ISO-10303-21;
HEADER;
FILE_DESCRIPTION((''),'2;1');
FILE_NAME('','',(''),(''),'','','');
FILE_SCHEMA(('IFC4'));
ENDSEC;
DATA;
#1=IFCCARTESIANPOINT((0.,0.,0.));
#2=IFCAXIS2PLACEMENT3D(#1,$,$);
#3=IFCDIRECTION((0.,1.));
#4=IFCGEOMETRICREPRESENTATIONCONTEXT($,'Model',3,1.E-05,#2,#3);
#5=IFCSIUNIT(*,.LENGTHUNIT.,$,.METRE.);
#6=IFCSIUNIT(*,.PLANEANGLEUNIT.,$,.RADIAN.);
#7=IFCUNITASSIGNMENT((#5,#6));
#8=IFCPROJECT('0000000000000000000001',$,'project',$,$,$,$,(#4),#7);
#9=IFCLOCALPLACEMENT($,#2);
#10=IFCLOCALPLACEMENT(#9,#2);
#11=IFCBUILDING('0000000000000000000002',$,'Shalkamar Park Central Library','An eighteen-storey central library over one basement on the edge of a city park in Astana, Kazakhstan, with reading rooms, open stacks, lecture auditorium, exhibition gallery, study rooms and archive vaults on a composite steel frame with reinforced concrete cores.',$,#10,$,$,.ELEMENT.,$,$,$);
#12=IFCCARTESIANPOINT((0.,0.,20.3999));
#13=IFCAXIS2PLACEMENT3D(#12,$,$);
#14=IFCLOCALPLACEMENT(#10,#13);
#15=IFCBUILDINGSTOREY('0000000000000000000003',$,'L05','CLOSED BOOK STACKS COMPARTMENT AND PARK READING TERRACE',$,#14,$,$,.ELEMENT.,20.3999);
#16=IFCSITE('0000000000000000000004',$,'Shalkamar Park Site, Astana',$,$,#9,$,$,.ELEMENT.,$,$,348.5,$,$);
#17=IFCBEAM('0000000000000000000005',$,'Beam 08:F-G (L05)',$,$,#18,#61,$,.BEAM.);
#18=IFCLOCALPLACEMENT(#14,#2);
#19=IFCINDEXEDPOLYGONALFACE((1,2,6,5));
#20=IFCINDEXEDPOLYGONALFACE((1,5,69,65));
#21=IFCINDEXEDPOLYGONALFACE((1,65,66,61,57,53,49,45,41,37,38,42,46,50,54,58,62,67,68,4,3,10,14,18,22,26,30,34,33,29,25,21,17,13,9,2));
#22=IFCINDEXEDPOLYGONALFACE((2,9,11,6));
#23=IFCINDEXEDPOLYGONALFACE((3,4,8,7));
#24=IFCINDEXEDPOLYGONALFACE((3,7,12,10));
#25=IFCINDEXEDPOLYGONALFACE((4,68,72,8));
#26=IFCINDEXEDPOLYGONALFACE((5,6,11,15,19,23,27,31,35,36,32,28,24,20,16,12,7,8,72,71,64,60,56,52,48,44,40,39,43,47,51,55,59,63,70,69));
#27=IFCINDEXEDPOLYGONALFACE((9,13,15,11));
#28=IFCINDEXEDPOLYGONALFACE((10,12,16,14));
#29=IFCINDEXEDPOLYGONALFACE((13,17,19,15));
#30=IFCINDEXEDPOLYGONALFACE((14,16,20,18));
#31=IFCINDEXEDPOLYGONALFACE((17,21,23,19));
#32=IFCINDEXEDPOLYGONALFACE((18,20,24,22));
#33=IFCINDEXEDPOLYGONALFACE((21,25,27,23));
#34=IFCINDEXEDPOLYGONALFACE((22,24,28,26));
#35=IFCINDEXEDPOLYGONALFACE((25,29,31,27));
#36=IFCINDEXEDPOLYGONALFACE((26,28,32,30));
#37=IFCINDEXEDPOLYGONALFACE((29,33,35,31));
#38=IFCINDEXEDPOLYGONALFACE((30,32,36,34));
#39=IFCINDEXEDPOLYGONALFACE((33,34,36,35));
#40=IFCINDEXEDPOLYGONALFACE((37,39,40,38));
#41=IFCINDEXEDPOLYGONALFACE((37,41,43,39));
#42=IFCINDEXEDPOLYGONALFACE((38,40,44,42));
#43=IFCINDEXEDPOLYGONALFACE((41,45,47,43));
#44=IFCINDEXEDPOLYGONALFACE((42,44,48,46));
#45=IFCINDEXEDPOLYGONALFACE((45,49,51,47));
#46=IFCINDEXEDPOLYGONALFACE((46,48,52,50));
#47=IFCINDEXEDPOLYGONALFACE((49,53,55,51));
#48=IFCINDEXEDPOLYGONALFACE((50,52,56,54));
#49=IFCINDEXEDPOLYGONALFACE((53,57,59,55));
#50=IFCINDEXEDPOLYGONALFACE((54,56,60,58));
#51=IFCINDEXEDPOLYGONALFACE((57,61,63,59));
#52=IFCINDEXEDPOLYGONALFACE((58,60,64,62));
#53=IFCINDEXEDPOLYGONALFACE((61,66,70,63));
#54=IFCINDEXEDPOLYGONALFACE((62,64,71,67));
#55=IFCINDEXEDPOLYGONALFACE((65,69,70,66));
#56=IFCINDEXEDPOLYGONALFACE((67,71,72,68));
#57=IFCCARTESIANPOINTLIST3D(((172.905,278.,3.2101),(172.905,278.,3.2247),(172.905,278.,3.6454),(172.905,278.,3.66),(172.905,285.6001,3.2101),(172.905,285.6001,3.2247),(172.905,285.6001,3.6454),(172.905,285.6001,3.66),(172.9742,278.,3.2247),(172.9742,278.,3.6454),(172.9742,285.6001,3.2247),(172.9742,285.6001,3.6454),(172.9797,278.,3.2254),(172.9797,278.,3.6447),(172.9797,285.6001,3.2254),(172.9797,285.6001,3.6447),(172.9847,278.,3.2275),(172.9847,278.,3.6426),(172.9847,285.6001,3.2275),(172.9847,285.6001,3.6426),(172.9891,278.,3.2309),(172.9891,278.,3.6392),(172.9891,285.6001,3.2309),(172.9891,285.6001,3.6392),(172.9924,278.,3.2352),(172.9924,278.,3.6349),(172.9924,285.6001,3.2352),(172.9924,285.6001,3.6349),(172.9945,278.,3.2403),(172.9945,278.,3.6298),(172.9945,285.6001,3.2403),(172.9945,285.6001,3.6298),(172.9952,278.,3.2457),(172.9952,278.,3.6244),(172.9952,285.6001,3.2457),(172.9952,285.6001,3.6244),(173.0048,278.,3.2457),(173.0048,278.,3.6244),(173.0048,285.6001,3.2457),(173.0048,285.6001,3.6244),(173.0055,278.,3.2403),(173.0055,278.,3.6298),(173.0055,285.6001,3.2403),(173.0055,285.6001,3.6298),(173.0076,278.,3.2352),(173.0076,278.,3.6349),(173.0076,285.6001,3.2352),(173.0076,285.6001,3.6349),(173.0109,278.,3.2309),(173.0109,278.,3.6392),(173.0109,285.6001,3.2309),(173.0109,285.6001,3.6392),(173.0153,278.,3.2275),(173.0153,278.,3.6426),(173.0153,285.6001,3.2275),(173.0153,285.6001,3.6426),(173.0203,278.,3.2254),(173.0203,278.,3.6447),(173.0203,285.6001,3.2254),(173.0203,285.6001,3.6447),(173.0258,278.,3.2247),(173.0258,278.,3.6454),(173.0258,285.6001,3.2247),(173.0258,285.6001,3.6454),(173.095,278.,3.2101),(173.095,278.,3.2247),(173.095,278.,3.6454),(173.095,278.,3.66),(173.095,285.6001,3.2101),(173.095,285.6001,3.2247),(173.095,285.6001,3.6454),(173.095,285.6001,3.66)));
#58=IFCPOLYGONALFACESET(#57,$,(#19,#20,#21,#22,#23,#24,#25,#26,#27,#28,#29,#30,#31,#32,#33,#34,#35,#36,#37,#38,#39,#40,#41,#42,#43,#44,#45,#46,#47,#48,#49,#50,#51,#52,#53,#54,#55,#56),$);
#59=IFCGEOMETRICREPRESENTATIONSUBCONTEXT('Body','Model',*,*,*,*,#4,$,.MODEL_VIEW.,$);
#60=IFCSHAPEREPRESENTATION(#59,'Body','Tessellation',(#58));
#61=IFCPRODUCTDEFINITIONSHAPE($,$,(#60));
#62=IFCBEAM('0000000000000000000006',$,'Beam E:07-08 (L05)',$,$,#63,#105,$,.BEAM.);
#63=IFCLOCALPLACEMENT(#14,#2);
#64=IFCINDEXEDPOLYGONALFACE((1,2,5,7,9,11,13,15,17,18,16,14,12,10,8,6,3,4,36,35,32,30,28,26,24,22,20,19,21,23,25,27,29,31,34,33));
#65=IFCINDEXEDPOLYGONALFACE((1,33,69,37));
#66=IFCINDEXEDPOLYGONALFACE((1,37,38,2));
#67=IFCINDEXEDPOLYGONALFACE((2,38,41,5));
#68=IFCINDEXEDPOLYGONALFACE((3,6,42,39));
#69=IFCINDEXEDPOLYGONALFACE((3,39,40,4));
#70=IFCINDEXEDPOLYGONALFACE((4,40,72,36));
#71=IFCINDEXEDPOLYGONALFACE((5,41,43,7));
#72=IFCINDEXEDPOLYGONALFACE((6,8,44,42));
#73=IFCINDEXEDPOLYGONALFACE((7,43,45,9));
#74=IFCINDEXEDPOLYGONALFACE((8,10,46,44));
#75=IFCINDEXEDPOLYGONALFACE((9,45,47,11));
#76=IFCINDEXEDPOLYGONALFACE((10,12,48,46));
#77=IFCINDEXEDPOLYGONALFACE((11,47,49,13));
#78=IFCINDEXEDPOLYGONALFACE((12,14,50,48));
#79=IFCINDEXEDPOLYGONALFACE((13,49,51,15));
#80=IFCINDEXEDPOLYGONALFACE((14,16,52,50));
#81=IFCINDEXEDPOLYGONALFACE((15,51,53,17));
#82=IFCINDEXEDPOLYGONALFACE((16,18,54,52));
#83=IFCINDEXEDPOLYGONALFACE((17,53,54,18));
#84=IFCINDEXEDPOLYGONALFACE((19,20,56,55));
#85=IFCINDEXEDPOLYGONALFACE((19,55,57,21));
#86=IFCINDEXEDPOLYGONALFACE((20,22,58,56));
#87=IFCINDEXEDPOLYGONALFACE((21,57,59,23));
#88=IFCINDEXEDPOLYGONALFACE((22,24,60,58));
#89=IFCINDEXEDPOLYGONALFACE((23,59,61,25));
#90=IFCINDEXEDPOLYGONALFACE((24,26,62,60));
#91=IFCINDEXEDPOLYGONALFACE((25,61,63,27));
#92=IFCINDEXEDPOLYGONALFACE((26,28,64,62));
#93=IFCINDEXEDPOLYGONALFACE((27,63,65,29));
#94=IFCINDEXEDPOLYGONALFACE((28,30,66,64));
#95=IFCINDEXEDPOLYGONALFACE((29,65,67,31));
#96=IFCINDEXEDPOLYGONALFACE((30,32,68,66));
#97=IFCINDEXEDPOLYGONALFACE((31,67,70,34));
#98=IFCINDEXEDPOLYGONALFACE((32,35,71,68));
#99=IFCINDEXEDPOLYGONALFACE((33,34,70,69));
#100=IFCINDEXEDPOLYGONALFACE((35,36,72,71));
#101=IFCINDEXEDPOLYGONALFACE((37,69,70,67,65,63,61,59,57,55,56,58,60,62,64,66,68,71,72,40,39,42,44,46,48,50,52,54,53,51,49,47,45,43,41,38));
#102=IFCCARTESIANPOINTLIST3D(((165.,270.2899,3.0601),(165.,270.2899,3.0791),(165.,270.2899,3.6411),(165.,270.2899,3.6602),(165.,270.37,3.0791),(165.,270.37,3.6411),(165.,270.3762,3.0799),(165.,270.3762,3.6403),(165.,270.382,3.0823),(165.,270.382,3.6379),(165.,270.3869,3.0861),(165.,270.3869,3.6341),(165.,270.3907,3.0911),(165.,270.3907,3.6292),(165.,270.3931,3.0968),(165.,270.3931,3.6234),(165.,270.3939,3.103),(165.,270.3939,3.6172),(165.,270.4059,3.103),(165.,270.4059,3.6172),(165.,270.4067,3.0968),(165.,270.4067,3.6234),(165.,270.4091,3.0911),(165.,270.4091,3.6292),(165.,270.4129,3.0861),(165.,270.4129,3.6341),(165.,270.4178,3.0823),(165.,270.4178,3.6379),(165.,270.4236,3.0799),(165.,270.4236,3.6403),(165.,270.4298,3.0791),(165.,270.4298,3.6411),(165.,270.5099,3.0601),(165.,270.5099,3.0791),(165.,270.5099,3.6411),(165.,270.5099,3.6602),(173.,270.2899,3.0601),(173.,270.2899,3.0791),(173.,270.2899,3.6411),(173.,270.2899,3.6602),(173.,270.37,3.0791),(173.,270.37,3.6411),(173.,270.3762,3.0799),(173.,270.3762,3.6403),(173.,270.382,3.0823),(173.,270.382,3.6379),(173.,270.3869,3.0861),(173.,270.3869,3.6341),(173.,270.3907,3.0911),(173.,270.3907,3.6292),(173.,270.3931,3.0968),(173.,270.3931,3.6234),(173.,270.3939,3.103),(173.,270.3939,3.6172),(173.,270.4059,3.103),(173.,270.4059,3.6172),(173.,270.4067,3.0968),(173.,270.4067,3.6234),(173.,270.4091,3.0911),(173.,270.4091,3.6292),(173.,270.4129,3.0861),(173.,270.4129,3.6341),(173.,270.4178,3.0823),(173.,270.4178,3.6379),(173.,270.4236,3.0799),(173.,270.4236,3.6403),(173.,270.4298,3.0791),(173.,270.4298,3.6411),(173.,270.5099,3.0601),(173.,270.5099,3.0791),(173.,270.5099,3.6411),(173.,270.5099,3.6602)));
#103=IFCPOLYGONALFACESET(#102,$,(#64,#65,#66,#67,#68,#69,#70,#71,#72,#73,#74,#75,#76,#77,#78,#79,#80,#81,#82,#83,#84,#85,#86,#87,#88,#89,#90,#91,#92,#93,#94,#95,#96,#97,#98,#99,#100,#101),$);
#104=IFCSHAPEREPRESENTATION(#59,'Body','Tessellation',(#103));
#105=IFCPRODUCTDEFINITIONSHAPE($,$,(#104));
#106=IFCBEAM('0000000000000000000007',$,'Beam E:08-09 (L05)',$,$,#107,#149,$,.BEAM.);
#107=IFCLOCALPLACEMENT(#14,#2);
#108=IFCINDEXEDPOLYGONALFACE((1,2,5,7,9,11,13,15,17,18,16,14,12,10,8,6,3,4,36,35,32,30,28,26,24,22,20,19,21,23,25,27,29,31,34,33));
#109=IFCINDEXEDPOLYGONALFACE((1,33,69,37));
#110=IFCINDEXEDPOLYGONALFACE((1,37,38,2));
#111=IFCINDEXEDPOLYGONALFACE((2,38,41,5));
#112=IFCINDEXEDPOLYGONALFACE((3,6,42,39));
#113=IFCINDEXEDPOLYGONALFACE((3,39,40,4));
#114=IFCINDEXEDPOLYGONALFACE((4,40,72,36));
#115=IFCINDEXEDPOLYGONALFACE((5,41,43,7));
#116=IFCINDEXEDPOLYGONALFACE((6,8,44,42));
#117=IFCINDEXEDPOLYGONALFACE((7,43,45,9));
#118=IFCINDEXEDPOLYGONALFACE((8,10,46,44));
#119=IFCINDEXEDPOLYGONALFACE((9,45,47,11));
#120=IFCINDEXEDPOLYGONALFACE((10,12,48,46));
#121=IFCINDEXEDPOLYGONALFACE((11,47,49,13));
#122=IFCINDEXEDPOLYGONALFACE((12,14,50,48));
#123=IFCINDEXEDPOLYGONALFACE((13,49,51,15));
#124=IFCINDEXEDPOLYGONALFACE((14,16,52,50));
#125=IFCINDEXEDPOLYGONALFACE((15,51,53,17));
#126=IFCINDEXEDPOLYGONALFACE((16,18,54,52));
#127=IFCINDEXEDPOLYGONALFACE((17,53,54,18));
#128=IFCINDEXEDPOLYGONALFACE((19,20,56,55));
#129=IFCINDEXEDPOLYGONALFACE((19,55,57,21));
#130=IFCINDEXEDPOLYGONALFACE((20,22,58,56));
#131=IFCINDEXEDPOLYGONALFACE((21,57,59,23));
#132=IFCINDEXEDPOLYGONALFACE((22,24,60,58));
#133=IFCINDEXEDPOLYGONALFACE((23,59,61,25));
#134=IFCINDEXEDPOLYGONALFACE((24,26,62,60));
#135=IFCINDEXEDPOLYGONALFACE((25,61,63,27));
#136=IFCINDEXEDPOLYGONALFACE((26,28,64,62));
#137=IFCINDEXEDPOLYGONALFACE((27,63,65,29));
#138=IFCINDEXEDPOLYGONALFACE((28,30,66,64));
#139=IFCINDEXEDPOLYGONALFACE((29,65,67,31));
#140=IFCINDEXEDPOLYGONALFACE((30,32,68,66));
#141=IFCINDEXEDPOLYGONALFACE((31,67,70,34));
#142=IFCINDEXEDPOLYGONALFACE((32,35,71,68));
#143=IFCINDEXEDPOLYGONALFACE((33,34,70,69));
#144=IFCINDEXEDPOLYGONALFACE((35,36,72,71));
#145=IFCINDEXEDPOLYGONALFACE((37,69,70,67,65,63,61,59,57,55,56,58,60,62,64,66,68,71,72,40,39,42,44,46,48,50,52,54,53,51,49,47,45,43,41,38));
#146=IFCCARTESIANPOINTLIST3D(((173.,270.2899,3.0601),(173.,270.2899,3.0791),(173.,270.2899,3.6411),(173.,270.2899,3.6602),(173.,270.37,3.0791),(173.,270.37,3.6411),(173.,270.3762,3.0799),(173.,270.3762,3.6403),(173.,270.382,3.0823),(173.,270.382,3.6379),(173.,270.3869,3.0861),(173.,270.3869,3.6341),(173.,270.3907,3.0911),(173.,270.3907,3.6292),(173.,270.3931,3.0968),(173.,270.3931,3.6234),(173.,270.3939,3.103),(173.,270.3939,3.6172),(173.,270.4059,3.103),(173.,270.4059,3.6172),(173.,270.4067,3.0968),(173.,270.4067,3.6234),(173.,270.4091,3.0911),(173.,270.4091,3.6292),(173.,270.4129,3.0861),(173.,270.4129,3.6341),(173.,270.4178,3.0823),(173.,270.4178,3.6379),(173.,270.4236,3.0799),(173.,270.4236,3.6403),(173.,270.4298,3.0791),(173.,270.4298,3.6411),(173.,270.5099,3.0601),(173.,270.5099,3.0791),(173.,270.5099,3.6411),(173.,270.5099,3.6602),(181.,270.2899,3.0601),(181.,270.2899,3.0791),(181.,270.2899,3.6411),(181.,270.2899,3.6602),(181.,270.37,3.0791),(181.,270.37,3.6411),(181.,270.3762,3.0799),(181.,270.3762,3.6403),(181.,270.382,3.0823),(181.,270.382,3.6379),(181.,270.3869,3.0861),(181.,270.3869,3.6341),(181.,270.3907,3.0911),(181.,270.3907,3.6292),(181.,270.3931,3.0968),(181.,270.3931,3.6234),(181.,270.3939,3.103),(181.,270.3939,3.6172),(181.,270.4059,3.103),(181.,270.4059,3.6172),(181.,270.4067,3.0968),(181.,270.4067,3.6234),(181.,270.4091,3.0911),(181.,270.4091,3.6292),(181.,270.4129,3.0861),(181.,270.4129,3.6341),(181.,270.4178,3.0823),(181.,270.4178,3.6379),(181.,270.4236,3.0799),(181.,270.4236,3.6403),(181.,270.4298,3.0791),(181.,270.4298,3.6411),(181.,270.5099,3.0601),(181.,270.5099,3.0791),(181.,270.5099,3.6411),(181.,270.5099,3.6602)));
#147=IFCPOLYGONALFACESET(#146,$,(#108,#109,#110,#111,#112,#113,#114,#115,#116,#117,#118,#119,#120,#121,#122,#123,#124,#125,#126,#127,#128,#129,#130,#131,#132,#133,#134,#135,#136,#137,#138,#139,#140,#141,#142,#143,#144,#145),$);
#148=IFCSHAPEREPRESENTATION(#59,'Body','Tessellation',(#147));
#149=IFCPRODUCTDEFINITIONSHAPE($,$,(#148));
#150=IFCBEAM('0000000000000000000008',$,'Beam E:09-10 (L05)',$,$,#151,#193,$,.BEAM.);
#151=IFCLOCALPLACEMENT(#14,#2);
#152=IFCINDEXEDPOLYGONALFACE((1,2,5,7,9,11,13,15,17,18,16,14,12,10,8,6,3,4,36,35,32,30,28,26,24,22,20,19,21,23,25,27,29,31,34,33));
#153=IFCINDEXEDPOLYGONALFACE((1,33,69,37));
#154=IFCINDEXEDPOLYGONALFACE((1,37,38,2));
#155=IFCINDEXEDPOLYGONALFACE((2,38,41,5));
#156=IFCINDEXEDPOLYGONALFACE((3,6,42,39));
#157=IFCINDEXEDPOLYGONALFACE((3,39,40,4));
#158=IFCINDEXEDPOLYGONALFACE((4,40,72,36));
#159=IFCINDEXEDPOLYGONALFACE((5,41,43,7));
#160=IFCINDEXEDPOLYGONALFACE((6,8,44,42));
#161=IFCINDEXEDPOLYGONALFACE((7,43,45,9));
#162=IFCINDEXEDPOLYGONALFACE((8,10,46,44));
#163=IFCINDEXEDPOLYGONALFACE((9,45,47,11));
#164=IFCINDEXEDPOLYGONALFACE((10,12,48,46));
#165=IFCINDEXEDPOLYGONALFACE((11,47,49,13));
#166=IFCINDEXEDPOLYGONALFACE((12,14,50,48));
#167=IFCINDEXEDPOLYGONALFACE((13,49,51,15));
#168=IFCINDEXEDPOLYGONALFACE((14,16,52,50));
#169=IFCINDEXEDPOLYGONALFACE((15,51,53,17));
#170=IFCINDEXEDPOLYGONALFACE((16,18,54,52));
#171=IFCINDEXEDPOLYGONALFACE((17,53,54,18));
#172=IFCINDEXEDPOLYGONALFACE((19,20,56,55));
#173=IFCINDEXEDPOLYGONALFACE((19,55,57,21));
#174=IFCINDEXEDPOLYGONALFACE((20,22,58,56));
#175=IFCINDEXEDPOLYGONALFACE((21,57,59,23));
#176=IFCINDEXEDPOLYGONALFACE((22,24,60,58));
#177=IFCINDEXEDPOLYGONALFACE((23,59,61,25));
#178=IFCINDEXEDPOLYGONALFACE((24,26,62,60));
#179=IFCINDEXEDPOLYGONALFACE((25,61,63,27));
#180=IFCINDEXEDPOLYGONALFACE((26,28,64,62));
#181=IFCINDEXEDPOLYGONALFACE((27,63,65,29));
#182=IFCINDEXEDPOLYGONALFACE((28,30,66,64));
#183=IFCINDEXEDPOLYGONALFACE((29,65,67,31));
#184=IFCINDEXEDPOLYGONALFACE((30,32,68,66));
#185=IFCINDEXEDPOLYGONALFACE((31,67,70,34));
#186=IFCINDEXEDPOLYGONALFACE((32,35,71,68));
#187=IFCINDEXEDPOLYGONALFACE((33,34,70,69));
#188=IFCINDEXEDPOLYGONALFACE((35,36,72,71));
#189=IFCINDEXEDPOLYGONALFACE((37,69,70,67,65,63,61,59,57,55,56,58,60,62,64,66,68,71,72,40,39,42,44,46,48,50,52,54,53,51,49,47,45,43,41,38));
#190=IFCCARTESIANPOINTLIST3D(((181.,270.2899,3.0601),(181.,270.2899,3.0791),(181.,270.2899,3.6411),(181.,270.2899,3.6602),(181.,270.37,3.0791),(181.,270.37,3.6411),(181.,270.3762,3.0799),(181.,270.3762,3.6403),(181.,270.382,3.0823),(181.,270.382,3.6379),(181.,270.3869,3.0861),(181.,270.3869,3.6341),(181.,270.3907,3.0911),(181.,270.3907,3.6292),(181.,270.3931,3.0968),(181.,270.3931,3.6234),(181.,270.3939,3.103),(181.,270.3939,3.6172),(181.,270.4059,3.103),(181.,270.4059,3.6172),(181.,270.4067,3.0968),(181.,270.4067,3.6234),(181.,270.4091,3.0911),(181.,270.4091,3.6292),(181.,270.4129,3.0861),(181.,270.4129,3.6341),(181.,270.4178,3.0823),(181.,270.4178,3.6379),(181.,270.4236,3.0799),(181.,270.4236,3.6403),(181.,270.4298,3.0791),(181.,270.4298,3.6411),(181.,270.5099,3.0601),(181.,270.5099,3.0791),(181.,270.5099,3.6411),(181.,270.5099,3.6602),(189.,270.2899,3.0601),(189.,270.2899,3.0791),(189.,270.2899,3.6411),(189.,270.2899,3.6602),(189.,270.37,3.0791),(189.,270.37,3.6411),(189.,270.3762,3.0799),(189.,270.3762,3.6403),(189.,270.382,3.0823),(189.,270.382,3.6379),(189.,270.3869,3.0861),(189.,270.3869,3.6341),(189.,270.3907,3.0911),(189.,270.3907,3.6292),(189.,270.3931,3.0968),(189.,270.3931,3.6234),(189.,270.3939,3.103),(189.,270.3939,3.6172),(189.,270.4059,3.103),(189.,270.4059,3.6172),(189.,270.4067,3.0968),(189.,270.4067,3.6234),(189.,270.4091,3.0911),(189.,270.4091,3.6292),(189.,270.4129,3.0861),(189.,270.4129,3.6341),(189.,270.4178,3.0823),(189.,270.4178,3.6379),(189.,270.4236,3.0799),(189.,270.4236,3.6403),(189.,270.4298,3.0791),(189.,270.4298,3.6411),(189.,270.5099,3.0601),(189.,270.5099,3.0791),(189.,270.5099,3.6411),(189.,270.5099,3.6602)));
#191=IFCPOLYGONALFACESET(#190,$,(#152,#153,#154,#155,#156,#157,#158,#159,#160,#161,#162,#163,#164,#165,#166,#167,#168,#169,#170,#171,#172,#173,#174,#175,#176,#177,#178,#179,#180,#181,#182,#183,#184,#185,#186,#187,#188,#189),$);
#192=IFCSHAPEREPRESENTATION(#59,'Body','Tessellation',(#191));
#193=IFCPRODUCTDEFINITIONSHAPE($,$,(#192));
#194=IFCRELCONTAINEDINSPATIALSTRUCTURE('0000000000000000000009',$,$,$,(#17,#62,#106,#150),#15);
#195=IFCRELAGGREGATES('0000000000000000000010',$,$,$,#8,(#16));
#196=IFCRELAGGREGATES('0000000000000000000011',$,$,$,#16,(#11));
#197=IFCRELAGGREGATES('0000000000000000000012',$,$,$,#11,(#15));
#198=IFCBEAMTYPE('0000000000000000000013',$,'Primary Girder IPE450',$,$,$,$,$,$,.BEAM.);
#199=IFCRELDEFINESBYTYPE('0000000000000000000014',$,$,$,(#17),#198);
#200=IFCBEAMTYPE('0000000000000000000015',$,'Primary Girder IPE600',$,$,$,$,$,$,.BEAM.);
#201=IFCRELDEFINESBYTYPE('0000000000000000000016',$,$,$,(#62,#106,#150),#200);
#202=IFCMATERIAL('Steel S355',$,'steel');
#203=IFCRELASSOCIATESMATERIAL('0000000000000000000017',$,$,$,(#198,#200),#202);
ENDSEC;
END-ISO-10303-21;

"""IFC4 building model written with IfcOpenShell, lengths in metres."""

from ifc_helpers import new_model, si_unit, direction, frame, origin, origin_2d, place, context, subcontext, project, spatial, i_section, extrude, material, material_profile, profile_set, type_object, element, save


model = new_model("IFC4")

# Units and contexts
model_context = context("Model", 3, precision=1e-05, world=origin(), true_north=direction((0.0, 1.0)))
body_context = subcontext(model_context, "Body", "Model", "MODEL_VIEW")
ifc_project = project(units=[si_unit("LENGTHUNIT", "METRE"), si_unit("PLANEANGLEUNIT", "RADIAN")], contexts=[model_context])

# Site, building, storey
site_placement = place(None, origin())
site = spatial("IfcSite", under=ifc_project, at=site_placement, Name="Shalkamar Park Site, Astana", CompositionType="ELEMENT", RefElevation=348.5)
building_placement = place(site_placement, origin())
building = spatial("IfcBuilding", under=site, at=building_placement, Name="Shalkamar Park Central Library", Description="An eighteen-storey central library over one basement on the edge of a city park in Astana, Kazakhstan, with reading rooms, open stacks, lecture auditorium, exhibition gallery, study rooms and archive vaults on a composite steel frame with reinforced concrete cores.", CompositionType="ELEMENT")
storey_placement = place(building_placement, frame((0.0, 0.0, 20.3999)))
storey = spatial("IfcBuildingStorey", under=building, at=storey_placement, Name="L05", Description="CLOSED BOOK STACKS COMPARTMENT AND PARK READING TERRACE", CompositionType="ELEMENT", Elevation=20.3999)

# Shared definitions
ifc_material_1 = material(Name="Steel S355", Category="steel")

# Beams
ifc_material_profile_1 = material_profile(ifc_material_1, i_section(OverallWidth=0.1899, OverallDepth=0.45, WebThickness=0.0095, FlangeThickness=0.0146, FilletRadius=0.021, at=origin_2d()), Name="IPE 450")
ifc_profile_set_1 = profile_set([ifc_material_profile_1], Name="Steel S355")
beam_type_1 = type_object("IfcBeamType", Name="Primary Girder IPE450", PredefinedType="BEAM", material=ifc_profile_set_1)
for number, where, z_axis, x_axis, name in (
    (1, (173.0, 278.0, 3.4351), (0.0, 1.0, 0.0), (-1.0, 0.0, 0.0), "Beam 08:F-G (L05)"),
):
    element("IfcBeam", number, at=place(storey_placement, frame(where, z_axis=z_axis, x_axis=x_axis)), inside=storey, type_object=beam_type_1, Name=name, PredefinedType="BEAM", context=body_context, shape_type="SweptSolid", body=[
        extrude(i_section(OverallWidth=0.1899, OverallDepth=0.45, WebThickness=0.0095, FlangeThickness=0.0146, FilletRadius=0.021, at=origin_2d()), origin(), (0.0, 0.0, 1.0), 7.6001),
    ])
ifc_material_profile_2 = material_profile(ifc_material_1, i_section(OverallWidth=0.22, OverallDepth=0.6001, WebThickness=0.012, FlangeThickness=0.019, FilletRadius=0.0239, at=origin_2d()), Name="IPE 600")
ifc_profile_set_2 = profile_set([ifc_material_profile_2], Name="Steel S355")
beam_type_2 = type_object("IfcBeamType", Name="Primary Girder IPE600", PredefinedType="BEAM", material=ifc_profile_set_2)
for number, where, z_axis, x_axis, name in (
    (2, (165.0, 270.3999, 3.3601), (1.0, 0.0, 0.0), (0.0, 1.0, 0.0), "Beam E:07-08 (L05)"),
    (3, (173.0, 270.3999, 3.3601), (1.0, 0.0, 0.0), (0.0, 1.0, 0.0), "Beam E:08-09 (L05)"),
    (4, (181.0, 270.3999, 3.3601), (1.0, 0.0, 0.0), (0.0, 1.0, 0.0), "Beam E:09-10 (L05)"),
):
    element("IfcBeam", number, at=place(storey_placement, frame(where, z_axis=z_axis, x_axis=x_axis)), inside=storey, type_object=beam_type_2, Name=name, PredefinedType="BEAM", context=body_context, shape_type="SweptSolid", body=[
        extrude(i_section(OverallWidth=0.22, OverallDepth=0.6001, WebThickness=0.012, FlangeThickness=0.019, FilletRadius=0.0239, at=origin_2d()), origin(), (0.0, 0.0, 1.0), 8.0),
    ])

save(model, "model.ifc")
